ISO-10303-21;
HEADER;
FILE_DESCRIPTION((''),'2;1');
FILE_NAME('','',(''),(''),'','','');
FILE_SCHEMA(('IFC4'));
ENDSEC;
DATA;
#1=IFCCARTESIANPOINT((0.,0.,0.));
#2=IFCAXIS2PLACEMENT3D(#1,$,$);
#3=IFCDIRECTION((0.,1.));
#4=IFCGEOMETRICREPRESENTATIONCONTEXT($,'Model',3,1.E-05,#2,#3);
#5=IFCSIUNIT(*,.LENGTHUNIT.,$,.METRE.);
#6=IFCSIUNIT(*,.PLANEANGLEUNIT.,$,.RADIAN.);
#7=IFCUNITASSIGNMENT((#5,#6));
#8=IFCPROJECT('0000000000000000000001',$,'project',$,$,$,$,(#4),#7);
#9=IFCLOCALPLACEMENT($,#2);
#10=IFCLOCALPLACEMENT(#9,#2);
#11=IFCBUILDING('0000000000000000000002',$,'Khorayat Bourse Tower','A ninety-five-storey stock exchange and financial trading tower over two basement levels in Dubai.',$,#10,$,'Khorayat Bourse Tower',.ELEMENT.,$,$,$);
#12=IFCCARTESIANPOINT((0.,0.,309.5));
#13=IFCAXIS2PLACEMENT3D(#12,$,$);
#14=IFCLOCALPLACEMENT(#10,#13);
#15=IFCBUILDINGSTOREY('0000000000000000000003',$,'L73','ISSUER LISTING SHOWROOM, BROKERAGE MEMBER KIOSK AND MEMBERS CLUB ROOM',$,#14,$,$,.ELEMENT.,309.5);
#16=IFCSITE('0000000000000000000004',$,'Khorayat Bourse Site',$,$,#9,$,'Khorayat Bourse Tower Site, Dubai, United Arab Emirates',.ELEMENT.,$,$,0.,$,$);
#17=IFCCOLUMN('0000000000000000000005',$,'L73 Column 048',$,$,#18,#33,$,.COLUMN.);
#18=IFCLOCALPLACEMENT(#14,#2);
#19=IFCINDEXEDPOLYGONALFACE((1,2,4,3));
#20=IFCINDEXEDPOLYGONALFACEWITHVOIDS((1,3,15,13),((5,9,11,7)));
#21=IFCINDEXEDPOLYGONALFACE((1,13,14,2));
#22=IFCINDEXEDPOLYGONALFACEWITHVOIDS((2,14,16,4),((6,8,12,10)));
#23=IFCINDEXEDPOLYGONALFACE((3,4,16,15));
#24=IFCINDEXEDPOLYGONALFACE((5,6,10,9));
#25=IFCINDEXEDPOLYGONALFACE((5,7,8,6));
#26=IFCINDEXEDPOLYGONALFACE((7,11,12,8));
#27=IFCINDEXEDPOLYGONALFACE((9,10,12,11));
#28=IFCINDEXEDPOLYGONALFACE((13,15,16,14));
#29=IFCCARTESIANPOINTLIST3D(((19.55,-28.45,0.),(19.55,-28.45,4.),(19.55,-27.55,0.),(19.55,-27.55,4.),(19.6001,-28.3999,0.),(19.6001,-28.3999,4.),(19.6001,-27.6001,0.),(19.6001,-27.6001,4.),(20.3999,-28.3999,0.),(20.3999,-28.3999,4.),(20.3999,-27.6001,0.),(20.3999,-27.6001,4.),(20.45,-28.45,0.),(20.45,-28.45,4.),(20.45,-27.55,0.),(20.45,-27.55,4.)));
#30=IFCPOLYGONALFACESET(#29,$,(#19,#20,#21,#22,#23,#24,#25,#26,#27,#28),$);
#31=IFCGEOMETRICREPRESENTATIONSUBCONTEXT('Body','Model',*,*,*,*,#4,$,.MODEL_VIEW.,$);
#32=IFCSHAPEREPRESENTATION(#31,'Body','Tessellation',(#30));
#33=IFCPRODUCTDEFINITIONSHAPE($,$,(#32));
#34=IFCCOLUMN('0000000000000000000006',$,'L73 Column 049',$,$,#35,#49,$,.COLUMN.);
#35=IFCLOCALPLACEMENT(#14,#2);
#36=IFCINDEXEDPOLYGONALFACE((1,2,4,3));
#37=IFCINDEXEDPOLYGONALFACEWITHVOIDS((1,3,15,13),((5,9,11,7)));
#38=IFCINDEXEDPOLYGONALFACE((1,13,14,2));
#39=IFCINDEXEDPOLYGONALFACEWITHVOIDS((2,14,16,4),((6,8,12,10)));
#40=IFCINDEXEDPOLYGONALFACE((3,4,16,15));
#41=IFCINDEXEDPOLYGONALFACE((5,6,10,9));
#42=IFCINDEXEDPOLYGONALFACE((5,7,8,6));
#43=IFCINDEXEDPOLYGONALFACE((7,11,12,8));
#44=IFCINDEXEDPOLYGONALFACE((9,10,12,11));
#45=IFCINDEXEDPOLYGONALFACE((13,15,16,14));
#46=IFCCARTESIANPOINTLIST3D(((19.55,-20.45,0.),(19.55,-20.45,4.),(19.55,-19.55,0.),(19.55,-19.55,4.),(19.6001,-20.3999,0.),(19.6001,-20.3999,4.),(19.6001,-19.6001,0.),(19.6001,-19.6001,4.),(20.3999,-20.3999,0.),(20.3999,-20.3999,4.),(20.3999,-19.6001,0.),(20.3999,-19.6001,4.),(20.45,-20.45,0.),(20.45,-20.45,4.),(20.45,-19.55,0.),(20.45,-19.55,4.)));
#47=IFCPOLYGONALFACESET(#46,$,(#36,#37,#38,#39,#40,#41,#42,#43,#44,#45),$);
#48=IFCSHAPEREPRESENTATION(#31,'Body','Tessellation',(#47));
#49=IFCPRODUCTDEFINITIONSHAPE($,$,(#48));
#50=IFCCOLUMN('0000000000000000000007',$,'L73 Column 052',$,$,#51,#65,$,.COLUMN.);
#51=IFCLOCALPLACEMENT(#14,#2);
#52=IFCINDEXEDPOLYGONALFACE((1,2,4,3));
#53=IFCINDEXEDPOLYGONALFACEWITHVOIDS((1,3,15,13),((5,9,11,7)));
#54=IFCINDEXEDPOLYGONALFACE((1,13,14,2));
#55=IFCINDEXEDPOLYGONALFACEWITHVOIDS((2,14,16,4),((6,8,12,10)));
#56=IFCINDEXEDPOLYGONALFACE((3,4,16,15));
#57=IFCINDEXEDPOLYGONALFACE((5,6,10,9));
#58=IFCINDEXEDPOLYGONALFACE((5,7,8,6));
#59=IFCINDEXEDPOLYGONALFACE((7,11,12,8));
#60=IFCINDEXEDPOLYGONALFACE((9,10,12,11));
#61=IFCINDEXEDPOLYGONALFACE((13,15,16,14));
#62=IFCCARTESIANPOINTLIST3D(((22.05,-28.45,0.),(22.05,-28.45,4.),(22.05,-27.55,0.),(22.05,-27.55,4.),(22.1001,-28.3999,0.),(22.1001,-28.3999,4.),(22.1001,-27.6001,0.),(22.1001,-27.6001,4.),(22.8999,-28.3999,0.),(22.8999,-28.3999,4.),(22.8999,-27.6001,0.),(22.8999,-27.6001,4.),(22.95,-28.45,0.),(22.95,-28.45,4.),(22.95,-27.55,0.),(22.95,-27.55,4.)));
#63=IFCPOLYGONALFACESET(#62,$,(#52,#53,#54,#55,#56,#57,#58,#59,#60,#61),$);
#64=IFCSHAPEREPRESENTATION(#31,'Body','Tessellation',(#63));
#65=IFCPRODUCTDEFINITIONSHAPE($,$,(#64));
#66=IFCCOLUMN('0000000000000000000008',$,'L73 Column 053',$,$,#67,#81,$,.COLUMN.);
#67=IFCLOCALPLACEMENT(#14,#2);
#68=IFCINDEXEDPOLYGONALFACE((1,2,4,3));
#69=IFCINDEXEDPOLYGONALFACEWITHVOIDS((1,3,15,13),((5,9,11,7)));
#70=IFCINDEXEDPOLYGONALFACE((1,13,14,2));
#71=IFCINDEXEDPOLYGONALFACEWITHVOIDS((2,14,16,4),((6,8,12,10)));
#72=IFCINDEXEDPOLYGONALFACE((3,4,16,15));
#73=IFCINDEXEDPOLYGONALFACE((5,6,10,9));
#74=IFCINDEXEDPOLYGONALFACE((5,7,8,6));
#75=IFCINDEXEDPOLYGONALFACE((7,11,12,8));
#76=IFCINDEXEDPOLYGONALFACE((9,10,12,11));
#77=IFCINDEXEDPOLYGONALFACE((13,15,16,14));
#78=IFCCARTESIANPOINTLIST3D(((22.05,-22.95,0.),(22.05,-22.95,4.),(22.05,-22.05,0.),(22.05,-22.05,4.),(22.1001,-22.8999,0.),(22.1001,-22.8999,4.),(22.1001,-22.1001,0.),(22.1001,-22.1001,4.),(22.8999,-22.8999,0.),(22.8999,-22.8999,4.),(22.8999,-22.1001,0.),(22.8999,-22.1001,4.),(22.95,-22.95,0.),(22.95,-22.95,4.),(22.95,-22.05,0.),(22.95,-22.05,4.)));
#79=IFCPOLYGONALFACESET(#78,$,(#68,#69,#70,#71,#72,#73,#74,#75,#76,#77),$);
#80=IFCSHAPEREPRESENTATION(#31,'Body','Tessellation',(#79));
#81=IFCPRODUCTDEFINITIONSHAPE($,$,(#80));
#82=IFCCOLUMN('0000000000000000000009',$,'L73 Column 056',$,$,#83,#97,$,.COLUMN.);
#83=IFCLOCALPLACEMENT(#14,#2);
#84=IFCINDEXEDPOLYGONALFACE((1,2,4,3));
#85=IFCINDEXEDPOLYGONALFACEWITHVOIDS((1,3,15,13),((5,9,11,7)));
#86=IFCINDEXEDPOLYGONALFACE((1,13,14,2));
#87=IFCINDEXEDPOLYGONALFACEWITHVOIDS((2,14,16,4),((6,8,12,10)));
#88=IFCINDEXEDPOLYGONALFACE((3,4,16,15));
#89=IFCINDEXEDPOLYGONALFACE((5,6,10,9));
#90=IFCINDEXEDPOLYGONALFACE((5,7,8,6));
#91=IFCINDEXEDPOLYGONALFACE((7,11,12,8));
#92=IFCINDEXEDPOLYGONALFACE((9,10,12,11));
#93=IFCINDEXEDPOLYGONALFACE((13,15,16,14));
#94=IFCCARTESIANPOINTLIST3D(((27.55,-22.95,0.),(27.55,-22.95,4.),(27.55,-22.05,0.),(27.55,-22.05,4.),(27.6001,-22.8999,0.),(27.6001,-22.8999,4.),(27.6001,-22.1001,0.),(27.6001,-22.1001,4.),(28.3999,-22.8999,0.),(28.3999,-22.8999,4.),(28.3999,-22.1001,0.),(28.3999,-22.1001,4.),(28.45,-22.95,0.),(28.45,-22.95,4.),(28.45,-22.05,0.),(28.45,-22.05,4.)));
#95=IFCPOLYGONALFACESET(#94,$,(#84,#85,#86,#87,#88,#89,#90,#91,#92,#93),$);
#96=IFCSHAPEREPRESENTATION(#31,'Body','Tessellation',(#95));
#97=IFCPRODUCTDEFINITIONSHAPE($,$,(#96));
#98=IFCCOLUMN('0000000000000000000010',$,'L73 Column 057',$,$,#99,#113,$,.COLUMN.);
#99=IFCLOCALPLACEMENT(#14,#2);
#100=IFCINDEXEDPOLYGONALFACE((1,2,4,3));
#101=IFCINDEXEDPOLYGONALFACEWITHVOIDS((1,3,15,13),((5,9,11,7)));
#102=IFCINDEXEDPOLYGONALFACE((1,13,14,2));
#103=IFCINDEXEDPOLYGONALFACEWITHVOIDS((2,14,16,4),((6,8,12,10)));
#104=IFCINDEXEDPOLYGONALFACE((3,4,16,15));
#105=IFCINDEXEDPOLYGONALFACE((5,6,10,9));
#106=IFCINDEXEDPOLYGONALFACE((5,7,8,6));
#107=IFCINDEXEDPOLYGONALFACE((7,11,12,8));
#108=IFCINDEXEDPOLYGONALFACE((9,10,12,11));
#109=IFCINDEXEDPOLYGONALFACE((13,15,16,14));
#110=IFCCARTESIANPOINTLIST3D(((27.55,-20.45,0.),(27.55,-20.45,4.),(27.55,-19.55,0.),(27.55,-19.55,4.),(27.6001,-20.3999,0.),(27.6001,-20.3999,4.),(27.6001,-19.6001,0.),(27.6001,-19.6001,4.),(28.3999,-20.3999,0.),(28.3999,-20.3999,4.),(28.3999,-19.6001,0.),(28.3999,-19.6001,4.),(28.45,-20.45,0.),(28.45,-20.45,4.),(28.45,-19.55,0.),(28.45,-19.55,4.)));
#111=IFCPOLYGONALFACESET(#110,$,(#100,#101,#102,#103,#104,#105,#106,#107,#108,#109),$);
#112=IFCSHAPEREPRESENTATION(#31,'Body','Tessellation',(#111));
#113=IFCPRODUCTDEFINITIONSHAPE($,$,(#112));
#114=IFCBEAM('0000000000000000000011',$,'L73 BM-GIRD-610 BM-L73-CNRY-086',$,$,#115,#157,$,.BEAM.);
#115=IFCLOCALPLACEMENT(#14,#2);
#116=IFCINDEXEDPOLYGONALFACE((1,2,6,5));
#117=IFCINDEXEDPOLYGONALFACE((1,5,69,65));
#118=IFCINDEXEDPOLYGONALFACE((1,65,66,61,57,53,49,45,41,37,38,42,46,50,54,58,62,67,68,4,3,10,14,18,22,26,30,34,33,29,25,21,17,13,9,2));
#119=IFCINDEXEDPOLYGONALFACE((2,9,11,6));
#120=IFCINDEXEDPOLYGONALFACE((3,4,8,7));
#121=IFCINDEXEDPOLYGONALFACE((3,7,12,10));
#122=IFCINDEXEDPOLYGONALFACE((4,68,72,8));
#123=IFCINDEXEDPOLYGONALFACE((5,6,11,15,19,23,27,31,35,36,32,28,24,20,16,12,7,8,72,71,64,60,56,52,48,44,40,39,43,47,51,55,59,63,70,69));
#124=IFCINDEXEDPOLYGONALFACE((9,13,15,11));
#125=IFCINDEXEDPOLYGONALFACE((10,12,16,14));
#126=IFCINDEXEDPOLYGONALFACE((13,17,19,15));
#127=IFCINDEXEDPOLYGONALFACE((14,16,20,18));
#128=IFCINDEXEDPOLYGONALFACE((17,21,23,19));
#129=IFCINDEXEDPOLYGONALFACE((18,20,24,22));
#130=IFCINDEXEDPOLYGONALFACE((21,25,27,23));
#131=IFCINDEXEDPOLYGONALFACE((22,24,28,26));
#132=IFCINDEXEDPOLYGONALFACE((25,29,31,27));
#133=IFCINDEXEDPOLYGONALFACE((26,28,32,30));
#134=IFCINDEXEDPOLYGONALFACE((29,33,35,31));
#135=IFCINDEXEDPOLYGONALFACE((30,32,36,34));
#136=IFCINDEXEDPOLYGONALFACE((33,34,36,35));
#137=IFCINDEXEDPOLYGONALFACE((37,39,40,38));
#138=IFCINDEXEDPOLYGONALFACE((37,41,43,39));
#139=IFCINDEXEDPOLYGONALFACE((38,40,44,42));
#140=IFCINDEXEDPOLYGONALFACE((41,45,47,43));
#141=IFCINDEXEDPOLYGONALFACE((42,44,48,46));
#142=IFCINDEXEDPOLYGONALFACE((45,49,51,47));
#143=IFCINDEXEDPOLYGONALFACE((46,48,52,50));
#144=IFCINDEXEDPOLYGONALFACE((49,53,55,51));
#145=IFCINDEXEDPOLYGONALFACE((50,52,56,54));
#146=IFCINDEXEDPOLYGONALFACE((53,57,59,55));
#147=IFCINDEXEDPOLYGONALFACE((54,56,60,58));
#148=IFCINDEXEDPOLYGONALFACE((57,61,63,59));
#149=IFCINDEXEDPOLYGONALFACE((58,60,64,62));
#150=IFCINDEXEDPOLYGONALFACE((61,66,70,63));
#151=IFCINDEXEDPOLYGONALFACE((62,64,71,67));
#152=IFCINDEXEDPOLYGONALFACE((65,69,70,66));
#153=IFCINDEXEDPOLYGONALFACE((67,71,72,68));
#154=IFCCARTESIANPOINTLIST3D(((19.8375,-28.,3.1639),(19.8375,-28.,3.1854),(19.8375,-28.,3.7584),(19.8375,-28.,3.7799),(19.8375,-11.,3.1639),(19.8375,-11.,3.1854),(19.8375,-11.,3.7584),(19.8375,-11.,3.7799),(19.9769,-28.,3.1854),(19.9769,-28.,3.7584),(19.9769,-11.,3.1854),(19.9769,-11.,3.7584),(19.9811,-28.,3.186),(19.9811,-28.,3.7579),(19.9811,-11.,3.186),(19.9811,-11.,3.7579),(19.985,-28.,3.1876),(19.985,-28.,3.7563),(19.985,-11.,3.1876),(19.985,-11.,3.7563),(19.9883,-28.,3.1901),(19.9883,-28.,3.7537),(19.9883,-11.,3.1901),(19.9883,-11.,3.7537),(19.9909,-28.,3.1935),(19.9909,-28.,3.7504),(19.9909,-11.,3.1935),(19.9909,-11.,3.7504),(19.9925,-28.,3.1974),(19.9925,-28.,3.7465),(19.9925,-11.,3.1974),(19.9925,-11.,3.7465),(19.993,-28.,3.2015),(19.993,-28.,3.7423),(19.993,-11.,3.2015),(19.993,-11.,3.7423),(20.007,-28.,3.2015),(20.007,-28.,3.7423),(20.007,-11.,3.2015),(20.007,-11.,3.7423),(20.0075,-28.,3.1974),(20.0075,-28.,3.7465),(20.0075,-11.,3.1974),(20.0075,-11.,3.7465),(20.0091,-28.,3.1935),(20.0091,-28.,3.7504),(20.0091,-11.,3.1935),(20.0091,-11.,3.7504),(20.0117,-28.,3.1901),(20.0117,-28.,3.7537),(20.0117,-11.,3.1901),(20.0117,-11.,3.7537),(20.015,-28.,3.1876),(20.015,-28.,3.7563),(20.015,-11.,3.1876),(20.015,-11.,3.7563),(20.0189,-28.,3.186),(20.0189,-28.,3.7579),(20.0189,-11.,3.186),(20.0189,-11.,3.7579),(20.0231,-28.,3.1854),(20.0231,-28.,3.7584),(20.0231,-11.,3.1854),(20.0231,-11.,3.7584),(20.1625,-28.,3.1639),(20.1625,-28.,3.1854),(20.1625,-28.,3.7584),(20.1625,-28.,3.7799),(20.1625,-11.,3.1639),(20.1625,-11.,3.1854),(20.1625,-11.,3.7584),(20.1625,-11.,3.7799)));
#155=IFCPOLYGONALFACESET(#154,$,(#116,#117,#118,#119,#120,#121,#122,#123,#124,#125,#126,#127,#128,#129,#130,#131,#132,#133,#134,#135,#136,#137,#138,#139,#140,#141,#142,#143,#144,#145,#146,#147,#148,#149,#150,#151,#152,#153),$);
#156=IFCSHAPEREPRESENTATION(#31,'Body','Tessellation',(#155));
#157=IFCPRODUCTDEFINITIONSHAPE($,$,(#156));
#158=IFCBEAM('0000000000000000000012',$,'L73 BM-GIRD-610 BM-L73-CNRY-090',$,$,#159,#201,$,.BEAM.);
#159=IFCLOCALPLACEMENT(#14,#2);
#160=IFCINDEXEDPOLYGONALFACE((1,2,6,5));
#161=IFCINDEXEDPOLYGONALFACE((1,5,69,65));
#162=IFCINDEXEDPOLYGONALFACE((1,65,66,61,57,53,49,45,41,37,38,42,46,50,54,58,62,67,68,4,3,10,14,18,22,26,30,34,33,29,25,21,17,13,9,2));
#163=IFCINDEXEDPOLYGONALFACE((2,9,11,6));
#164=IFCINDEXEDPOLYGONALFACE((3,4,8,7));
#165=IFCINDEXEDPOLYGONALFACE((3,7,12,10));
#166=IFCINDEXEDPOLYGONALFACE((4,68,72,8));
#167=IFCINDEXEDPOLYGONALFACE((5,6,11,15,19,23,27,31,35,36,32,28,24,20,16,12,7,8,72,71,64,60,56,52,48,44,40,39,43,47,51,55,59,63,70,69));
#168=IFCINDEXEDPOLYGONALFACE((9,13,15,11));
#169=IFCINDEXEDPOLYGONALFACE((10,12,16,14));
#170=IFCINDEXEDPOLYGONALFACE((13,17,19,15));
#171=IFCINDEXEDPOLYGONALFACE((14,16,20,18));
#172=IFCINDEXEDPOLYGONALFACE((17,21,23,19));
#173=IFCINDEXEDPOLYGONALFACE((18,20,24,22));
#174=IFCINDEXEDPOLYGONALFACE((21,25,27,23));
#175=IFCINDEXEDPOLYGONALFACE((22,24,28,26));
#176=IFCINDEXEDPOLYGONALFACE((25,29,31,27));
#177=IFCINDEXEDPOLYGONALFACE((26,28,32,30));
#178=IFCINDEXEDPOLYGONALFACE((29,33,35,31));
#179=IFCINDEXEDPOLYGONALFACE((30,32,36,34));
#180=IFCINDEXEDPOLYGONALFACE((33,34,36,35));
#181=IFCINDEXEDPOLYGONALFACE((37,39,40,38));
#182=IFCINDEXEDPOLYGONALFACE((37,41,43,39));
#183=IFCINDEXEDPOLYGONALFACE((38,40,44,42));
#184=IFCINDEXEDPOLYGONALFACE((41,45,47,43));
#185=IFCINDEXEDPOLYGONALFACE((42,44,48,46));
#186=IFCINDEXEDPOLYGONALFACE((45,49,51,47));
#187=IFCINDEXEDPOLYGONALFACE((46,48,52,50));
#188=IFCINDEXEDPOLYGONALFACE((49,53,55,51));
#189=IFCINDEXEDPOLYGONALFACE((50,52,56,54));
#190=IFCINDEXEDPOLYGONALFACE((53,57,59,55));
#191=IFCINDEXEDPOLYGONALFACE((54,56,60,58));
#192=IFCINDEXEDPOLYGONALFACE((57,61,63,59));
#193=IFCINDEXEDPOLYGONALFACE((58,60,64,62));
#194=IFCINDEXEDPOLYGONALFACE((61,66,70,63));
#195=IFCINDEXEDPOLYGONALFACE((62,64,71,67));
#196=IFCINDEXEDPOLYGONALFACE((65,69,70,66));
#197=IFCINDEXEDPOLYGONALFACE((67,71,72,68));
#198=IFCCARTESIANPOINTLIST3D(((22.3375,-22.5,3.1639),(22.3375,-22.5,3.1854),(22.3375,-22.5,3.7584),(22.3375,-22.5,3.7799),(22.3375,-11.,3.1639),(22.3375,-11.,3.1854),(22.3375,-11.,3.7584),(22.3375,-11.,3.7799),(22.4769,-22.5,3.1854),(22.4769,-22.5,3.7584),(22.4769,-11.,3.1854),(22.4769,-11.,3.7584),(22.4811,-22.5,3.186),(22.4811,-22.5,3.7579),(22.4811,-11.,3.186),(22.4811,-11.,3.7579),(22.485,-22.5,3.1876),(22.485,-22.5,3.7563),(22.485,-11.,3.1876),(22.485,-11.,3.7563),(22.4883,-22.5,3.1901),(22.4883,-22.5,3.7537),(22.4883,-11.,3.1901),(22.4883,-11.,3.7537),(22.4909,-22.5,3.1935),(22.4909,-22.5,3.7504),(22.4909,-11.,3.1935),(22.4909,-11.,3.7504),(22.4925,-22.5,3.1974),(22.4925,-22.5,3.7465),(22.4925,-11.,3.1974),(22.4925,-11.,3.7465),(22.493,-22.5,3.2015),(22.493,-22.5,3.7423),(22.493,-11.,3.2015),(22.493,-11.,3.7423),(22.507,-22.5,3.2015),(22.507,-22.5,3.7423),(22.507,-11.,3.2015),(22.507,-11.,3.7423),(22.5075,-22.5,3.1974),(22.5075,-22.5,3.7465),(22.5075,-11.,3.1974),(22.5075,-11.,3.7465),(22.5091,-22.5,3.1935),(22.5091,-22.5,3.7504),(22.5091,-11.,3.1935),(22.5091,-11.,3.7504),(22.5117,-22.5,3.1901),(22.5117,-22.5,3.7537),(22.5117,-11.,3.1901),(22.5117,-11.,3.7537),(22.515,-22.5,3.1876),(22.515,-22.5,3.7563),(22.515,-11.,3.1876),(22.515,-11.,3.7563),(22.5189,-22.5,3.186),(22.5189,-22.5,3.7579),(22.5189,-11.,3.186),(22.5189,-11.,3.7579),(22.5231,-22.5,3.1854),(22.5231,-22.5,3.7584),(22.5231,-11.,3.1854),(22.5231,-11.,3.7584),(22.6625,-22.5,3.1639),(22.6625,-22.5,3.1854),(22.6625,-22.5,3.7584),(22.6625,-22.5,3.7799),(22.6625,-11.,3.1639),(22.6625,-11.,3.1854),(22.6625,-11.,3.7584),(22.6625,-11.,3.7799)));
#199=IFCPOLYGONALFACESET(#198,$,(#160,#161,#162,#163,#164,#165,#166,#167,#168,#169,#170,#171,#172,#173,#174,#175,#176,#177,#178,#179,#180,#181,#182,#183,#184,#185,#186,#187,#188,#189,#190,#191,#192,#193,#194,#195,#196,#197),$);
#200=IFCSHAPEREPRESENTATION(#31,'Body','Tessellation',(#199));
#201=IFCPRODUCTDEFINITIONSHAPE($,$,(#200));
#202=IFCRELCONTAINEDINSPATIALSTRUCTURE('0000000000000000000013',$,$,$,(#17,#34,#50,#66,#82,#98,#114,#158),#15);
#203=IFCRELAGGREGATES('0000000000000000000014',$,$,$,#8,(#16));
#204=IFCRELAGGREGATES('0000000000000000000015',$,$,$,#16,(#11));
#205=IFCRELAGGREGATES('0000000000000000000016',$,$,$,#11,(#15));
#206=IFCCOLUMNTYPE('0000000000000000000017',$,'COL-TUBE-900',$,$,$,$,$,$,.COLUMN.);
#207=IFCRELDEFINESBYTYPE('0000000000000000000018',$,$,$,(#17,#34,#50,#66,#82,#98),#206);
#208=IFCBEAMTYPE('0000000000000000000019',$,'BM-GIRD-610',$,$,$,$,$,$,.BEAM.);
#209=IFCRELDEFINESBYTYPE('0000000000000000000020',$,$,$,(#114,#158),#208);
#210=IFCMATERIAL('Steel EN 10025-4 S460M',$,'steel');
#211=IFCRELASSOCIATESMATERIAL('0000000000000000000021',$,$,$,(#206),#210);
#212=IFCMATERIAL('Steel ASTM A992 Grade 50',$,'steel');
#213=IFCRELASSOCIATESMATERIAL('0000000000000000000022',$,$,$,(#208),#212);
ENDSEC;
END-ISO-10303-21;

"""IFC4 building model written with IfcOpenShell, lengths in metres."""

from ifc_helpers import new_model, si_unit, direction, frame, origin, origin_2d, place, context, subcontext, project, spatial, hollow_rectangle, i_section, extrude, source, transform, mapped, material, material_profile, profile_set, type_object, element, save


model = new_model("IFC4")

# Units and contexts
model_context = context("Model", 3, precision=1e-05, world=origin(), true_north=direction((0.0, 1.0)))
body_context = subcontext(model_context, "Body", "Model", "MODEL_VIEW")
ifc_project = project(units=[si_unit("LENGTHUNIT", "METRE"), si_unit("PLANEANGLEUNIT", "RADIAN")], contexts=[model_context])

# Site, building, storey
site_placement = place(None, origin())
site = spatial("IfcSite", under=ifc_project, at=site_placement, Name="Khorayat Bourse Site", LongName="Khorayat Bourse Tower Site, Dubai, United Arab Emirates", CompositionType="ELEMENT", RefElevation=0.0)
building_placement = place(site_placement, origin())
building = spatial("IfcBuilding", under=site, at=building_placement, Name="Khorayat Bourse Tower", Description="A ninety-five-storey stock exchange and financial trading tower over two basement levels in Dubai.", LongName="Khorayat Bourse Tower", CompositionType="ELEMENT")
storey_placement = place(building_placement, frame((0.0, 0.0, 309.5)))
storey = spatial("IfcBuildingStorey", under=building, at=storey_placement, Name="L73", Description="ISSUER LISTING SHOWROOM, BROKERAGE MEMBER KIOSK AND MEMBERS CLUB ROOM", CompositionType="ELEMENT", Elevation=309.5)

# Columns
ifc_material_1 = material(Name="Steel EN 10025-4 S460M", Category="steel")
ifc_material_profile_1 = material_profile(ifc_material_1, hollow_rectangle(XDim=0.8999, YDim=0.8999, WallThickness=0.05, at=origin_2d()), Name="BOX 900x900x50")
ifc_profile_set_1 = profile_set([ifc_material_profile_1], Name="Steel EN 10025-4 S460M")
column_type = type_object("IfcColumnType", Name="COL-TUBE-900", PredefinedType="COLUMN", material=ifc_profile_set_1)
shared_shape_1 = source(origin(), body_context, "Body", "SweptSolid", [
    extrude(hollow_rectangle(XDim=0.8999, YDim=0.8999, WallThickness=0.05, at=origin_2d()), origin(), (0.0, 0.0, 1.0), 4.0),
])
for number, where, z_axis, x_axis, name in (
    (1, (20.0, -28.0, 0.0), (0.0, 0.0, 1.0), (1.0, 0.0, 0.0), "L73 Column 048"),
    (2, (20.0, -20.0, 0.0), (0.0, 0.0, 1.0), (1.0, 0.0, 0.0), "L73 Column 049"),
    (3, (22.5, -28.0, 0.0), (0.0, 0.0, 1.0), (1.0, 0.0, 0.0), "L73 Column 052"),
    (4, (22.5, -22.5, 0.0), (0.0, 0.0, 1.0), (1.0, 0.0, 0.0), "L73 Column 053"),
    (5, (28.0, -22.5, 0.0), (0.0, 0.0, 1.0), (1.0, 0.0, 0.0), "L73 Column 056"),
    (6, (28.0, -20.0, 0.0), (0.0, 0.0, 1.0), (1.0, 0.0, 0.0), "L73 Column 057"),
):
    element("IfcColumn", number, at=place(storey_placement, frame(where, z_axis=z_axis, x_axis=x_axis)), inside=storey, type_object=column_type, Name=name, PredefinedType="COLUMN", context=body_context, shape_type="MappedRepresentation", body=[
        mapped(shared_shape_1, transform((0.0, 0.0, 0.0), scale=1.0)),
    ])

# Beams
ifc_material_2 = material(Name="Steel ASTM A992 Grade 50", Category="steel")
ifc_material_profile_2 = material_profile(ifc_material_2, i_section(OverallWidth=0.325, OverallDepth=0.616, WebThickness=0.0139, FlangeThickness=0.0215, FilletRadius=0.0161, at=origin_2d()), Name="W610X174")
ifc_profile_set_2 = profile_set([ifc_material_profile_2], Name="Steel ASTM A992 Grade 50")
beam_type_1 = type_object("IfcBeamType", Name="BM-GIRD-610", PredefinedType="BEAM", material=ifc_profile_set_2)
shared_shape_2 = source(origin(), body_context, "Body", "SweptSolid", [
    extrude(i_section(OverallWidth=0.325, OverallDepth=0.616, WebThickness=0.0139, FlangeThickness=0.0215, FilletRadius=0.0161, at=origin_2d()), origin(), (0.0, 0.0, 1.0), 17.0),
])
beam_1_placement = place(storey_placement, frame((20.0, -28.0, 3.4719), z_axis=(0.0, 1.0, 0.0), x_axis=(-1.0, 0.0, 0.0)))
element("IfcBeam", 7, at=beam_1_placement, inside=storey, type_object=beam_type_1, Name="L73 BM-GIRD-610 BM-L73-CNRY-086", PredefinedType="BEAM", context=body_context, shape_type="MappedRepresentation", body=[
    mapped(shared_shape_2, transform((0.0, 0.0, 0.0), scale=1.0)),
])
shared_shape_3 = source(origin(), body_context, "Body", "SweptSolid", [
    extrude(i_section(OverallWidth=0.325, OverallDepth=0.616, WebThickness=0.0139, FlangeThickness=0.0215, FilletRadius=0.0161, at=origin_2d()), origin(), (0.0, 0.0, 1.0), 11.5),
])
beam_2_placement = place(storey_placement, frame((22.5, -22.5, 3.4719), z_axis=(0.0, 1.0, 0.0), x_axis=(-1.0, 0.0, 0.0)))
element("IfcBeam", 8, at=beam_2_placement, inside=storey, type_object=beam_type_1, Name="L73 BM-GIRD-610 BM-L73-CNRY-090", PredefinedType="BEAM", context=body_context, shape_type="MappedRepresentation", body=[
    mapped(shared_shape_3, transform((0.0, 0.0, 0.0), scale=1.0)),
])

save(model, "model.ifc")
